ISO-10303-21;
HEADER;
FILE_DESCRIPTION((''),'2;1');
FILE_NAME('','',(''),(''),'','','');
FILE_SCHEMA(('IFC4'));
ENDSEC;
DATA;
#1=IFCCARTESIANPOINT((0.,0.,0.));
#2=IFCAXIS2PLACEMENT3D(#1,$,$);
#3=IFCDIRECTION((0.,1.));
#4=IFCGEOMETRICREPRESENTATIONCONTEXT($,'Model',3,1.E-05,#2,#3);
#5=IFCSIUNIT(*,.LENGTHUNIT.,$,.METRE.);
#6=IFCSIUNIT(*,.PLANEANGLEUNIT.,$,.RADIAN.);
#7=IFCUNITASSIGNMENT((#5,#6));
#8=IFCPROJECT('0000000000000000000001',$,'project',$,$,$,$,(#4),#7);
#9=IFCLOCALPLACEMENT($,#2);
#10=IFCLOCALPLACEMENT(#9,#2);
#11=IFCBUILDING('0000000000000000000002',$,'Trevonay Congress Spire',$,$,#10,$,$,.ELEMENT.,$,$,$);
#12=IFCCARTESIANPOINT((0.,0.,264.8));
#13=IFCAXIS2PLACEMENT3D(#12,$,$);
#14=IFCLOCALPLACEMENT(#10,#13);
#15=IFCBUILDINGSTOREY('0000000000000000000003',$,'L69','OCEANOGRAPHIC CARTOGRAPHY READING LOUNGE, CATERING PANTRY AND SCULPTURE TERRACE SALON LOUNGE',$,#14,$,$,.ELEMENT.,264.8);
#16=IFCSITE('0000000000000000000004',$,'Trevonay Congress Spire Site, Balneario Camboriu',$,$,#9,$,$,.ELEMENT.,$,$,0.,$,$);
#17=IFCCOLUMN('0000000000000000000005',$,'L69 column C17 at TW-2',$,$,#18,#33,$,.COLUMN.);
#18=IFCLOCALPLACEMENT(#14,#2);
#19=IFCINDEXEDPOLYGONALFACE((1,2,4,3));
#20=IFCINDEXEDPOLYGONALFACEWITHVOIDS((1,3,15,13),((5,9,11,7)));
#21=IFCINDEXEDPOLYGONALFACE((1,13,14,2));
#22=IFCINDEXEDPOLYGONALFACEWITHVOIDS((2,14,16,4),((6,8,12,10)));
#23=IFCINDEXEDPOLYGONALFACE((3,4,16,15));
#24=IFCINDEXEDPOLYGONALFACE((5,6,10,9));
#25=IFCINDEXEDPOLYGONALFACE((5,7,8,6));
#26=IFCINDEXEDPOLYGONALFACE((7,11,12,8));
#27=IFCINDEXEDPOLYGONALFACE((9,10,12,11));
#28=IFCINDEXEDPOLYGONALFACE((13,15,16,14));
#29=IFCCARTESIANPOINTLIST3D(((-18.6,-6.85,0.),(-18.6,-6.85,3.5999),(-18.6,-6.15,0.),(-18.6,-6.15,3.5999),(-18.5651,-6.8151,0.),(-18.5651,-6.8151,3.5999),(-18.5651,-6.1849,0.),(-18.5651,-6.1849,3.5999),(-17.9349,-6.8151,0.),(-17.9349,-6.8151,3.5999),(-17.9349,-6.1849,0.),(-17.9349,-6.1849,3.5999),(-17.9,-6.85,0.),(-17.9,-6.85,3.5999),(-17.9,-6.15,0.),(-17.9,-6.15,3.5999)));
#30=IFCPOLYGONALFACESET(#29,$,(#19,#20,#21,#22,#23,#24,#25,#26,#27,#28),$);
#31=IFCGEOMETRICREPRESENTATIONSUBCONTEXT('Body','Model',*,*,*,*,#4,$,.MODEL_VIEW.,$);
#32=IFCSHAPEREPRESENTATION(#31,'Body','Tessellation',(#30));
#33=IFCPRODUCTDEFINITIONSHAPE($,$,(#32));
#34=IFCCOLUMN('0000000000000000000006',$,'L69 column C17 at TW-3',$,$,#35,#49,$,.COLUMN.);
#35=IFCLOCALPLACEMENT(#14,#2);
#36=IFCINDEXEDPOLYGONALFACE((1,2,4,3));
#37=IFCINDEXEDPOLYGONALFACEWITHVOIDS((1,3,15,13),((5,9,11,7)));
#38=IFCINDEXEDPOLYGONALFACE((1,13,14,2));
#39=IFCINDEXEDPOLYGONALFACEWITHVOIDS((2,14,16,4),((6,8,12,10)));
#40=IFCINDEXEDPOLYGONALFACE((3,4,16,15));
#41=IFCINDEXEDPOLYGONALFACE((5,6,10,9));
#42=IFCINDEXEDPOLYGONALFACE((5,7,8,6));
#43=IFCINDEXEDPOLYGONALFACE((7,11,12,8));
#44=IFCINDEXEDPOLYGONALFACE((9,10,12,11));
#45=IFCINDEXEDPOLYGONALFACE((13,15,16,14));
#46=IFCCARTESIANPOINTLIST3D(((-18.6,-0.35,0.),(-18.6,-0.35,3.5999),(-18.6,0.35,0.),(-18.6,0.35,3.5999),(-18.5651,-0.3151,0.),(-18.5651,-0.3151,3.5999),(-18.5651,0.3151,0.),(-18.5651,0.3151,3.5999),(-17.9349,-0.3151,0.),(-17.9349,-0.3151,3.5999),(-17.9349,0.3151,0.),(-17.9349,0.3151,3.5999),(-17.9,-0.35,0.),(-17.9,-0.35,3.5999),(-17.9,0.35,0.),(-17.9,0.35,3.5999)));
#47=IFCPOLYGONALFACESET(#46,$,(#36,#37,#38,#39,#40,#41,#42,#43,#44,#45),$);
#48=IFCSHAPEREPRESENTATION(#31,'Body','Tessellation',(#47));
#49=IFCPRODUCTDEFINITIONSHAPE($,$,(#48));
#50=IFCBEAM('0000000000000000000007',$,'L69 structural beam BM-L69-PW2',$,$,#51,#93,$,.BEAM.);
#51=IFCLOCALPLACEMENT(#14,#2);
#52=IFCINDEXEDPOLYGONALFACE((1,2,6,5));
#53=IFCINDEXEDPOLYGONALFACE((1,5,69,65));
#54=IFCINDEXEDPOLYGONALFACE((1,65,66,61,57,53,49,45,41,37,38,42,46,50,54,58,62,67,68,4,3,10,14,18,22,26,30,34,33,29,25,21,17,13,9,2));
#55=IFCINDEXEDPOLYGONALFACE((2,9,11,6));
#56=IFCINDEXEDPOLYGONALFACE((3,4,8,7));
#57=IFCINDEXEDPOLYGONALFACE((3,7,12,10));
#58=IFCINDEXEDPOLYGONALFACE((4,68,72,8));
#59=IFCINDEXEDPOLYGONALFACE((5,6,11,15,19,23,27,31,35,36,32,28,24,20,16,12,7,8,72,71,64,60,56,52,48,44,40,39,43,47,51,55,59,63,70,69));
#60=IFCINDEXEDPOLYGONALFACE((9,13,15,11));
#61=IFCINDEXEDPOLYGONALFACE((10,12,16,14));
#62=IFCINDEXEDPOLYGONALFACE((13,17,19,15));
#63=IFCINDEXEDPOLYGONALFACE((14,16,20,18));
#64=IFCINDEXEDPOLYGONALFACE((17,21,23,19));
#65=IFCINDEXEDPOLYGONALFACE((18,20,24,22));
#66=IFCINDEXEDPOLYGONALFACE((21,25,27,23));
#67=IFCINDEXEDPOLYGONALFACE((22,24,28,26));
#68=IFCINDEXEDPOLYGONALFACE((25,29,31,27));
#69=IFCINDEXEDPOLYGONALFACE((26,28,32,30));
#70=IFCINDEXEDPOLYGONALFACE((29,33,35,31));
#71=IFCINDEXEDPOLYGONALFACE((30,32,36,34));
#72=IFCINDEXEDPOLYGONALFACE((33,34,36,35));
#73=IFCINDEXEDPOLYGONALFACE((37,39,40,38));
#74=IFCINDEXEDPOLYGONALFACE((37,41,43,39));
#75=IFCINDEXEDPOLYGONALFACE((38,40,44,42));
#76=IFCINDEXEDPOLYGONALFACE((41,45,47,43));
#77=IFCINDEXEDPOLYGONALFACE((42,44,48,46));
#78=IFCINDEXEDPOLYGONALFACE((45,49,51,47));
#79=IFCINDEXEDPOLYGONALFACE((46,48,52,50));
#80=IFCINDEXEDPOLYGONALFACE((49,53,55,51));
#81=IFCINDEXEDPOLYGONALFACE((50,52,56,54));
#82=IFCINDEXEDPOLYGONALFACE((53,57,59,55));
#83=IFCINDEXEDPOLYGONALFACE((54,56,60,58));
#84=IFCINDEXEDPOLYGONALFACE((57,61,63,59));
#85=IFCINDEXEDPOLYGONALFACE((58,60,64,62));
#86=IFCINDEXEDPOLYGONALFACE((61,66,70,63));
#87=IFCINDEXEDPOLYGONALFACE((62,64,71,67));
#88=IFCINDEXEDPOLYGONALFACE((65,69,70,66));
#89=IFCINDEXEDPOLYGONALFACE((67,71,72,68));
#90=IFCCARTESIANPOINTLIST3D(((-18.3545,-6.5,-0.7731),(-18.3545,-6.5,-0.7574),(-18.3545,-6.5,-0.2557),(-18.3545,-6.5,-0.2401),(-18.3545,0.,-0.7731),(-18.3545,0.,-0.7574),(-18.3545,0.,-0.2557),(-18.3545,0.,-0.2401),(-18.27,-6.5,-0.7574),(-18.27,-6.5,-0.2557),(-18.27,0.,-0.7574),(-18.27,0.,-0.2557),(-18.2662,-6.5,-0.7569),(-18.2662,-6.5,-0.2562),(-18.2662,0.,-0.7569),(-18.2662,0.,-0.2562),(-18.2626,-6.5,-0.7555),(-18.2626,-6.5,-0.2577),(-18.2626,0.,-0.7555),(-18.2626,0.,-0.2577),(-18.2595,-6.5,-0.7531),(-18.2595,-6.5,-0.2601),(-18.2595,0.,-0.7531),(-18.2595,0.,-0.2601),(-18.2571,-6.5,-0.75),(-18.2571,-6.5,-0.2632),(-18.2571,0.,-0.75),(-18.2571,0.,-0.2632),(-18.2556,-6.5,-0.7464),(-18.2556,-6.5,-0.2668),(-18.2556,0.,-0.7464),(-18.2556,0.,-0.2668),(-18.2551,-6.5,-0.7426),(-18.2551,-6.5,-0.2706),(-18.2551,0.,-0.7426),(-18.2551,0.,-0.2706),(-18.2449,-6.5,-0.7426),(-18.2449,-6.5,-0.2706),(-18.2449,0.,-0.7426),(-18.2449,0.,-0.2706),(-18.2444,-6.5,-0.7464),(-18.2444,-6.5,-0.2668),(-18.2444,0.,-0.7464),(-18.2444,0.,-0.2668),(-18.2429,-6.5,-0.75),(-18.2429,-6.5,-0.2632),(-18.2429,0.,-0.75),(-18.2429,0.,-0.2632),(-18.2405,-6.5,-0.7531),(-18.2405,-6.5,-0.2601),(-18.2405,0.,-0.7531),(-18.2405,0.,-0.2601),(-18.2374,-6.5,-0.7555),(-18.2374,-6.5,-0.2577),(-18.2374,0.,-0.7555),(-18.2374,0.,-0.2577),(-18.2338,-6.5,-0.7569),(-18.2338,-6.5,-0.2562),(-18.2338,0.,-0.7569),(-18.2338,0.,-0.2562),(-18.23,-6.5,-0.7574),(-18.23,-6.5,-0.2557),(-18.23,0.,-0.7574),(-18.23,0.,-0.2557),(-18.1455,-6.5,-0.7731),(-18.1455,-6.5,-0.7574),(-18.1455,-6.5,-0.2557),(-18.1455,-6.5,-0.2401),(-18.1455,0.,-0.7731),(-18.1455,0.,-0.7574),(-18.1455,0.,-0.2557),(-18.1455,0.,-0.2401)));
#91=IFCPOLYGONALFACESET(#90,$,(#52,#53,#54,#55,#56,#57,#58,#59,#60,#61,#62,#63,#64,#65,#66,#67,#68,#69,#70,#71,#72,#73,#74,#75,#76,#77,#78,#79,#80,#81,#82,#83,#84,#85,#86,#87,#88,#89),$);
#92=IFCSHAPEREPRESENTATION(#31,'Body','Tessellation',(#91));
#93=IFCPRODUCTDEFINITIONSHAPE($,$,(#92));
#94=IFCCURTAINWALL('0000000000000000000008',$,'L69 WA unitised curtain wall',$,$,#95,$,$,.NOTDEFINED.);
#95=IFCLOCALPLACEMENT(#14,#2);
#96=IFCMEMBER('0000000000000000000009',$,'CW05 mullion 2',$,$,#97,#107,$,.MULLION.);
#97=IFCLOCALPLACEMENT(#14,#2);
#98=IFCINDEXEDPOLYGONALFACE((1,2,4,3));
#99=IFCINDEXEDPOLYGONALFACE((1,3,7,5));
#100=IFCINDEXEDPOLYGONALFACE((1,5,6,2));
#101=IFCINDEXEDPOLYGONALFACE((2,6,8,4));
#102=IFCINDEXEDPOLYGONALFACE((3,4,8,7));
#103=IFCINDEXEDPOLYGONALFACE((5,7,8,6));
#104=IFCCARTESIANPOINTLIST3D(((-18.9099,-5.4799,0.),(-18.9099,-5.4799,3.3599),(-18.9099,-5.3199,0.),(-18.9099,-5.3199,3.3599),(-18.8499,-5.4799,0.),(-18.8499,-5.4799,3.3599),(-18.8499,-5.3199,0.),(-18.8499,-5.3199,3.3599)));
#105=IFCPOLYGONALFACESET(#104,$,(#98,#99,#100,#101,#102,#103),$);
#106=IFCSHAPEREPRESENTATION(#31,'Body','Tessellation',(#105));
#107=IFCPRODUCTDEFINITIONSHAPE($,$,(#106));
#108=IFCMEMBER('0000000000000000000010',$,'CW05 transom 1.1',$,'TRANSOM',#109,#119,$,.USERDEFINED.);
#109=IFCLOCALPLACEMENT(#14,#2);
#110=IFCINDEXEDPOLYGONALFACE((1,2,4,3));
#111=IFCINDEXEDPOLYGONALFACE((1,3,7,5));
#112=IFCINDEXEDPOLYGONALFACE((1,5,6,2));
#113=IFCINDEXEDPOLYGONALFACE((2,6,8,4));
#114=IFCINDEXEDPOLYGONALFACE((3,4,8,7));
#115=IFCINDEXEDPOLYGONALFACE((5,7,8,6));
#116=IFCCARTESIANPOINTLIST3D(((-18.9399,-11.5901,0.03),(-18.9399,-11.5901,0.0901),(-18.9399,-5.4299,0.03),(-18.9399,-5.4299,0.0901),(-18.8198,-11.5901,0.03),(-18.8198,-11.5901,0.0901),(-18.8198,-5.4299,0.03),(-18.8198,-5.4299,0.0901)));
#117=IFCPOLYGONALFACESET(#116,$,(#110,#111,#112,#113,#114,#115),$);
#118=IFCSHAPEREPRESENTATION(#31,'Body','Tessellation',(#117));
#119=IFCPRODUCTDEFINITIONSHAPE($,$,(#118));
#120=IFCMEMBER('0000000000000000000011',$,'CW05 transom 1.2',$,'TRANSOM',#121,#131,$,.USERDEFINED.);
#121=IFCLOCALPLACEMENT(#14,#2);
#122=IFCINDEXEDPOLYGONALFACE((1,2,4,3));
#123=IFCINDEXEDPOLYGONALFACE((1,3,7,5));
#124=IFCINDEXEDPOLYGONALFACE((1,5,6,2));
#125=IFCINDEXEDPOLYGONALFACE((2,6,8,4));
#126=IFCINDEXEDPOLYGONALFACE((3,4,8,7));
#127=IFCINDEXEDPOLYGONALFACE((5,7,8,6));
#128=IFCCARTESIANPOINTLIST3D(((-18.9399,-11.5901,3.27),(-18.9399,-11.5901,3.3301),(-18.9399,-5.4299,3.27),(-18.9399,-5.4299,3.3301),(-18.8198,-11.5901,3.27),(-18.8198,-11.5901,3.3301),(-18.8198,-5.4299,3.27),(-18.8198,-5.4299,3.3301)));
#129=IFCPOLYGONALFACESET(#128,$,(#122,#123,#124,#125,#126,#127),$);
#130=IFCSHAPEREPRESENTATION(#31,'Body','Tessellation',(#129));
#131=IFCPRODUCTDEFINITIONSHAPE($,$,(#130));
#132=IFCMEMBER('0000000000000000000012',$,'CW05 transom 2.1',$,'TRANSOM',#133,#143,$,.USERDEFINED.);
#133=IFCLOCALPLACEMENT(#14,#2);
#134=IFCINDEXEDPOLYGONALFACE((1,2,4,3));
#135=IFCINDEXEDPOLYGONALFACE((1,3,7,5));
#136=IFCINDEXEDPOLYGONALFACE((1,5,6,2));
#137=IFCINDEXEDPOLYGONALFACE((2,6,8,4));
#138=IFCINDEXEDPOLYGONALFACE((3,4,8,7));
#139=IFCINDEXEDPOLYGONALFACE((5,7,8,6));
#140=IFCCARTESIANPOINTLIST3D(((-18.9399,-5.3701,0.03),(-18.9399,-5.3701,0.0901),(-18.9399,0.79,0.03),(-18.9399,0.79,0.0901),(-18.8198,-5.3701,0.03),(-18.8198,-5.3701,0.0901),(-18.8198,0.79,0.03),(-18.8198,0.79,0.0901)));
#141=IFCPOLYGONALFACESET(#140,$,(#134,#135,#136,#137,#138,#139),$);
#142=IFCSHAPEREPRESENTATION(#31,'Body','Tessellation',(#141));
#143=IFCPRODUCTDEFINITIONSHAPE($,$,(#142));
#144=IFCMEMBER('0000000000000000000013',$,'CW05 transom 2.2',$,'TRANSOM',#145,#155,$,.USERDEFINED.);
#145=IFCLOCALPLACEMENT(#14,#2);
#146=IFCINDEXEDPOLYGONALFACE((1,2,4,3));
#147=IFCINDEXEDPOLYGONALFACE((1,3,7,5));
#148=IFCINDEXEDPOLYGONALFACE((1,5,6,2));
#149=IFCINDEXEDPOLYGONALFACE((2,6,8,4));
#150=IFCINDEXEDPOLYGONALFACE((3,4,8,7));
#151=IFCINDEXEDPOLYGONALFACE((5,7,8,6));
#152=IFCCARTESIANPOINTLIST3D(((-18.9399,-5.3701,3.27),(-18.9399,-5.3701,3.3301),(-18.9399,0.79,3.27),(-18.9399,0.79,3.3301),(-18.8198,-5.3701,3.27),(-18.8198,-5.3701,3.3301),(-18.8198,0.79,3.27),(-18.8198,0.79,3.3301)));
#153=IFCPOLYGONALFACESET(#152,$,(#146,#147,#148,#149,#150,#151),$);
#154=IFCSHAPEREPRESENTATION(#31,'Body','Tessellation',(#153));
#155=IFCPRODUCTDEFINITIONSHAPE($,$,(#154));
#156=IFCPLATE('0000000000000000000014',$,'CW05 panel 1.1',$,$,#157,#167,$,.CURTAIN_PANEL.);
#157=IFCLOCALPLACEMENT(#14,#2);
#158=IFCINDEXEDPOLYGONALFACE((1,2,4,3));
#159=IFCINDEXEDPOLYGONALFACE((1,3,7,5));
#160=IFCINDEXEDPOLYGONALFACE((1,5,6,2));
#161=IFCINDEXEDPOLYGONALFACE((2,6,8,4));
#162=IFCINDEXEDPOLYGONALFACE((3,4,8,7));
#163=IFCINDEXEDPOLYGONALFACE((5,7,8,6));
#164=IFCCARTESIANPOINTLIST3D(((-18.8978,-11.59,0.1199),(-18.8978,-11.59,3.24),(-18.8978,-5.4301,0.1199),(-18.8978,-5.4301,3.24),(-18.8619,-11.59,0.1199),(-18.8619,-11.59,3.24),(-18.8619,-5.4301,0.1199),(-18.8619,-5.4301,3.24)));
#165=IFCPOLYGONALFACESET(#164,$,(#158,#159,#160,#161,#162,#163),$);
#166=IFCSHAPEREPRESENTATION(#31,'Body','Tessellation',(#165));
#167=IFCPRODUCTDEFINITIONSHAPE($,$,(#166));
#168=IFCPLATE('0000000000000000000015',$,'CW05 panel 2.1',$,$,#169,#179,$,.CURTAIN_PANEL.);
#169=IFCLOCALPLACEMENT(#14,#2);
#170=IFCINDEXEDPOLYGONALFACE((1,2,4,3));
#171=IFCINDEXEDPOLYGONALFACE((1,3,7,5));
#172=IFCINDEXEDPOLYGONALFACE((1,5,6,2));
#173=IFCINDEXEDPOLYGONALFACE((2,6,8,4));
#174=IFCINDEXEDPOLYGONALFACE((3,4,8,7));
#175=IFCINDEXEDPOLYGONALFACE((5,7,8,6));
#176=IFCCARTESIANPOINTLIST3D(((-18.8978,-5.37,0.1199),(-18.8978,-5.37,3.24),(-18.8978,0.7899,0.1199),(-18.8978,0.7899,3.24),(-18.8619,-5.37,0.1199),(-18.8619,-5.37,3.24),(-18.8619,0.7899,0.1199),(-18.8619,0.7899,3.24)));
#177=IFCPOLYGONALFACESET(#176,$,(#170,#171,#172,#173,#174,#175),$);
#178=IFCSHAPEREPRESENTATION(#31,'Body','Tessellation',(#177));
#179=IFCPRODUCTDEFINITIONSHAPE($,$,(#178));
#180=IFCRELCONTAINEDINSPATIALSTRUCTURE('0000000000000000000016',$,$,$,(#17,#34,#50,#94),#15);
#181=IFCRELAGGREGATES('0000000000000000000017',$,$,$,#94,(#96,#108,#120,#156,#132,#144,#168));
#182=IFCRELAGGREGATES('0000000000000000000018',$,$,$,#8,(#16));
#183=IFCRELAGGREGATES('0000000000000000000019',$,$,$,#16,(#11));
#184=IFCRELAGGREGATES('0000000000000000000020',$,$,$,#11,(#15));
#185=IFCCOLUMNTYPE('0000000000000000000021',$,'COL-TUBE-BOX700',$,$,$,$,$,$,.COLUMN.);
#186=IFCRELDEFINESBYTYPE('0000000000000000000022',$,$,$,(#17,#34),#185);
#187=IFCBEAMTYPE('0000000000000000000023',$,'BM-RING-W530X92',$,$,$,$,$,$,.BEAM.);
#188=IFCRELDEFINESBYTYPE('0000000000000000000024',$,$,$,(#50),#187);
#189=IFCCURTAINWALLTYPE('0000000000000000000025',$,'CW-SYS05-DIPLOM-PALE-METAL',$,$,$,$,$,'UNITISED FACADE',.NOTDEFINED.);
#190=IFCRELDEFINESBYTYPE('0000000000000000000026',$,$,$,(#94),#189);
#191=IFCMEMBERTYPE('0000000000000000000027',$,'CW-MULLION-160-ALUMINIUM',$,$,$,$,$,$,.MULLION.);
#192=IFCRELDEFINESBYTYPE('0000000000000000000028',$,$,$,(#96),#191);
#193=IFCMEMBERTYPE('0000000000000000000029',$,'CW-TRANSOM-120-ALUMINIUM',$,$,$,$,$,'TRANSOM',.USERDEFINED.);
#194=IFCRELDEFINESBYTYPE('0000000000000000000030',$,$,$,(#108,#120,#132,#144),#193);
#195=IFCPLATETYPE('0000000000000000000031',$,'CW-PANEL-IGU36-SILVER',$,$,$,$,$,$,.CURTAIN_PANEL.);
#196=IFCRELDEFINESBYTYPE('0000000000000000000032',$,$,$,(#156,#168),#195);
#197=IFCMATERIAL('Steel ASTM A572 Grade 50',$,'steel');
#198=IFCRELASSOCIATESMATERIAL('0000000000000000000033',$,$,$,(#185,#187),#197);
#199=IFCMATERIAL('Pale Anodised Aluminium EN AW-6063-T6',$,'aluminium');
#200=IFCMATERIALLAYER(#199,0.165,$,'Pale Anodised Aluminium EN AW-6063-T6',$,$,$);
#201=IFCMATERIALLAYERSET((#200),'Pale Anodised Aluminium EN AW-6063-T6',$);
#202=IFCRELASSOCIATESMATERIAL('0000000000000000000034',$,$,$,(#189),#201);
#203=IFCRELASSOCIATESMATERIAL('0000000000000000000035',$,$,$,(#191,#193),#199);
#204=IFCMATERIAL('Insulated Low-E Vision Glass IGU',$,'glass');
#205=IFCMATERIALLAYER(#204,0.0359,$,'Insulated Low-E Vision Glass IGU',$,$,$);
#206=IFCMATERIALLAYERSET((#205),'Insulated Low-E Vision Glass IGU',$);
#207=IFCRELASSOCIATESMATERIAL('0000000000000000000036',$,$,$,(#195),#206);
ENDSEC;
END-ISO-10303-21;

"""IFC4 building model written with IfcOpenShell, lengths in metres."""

from ifc_helpers import new_model, si_unit, direction, frame, origin, origin_2d, place, context, subcontext, project, spatial, rectangle, hollow_rectangle, i_section, extrude, material, layer, layer_set, material_profile, profile_set, type_object, element, aggregate, save


model = new_model("IFC4")

# Units and contexts
model_context = context("Model", 3, precision=1e-05, world=origin(), true_north=direction((0.0, 1.0)))
body_context = subcontext(model_context, "Body", "Model", "MODEL_VIEW")
ifc_project = project(units=[si_unit("LENGTHUNIT", "METRE"), si_unit("PLANEANGLEUNIT", "RADIAN")], contexts=[model_context])

# Site, building, storey
site_placement = place(None, origin())
site = spatial("IfcSite", under=ifc_project, at=site_placement, Name="Trevonay Congress Spire Site, Balneario Camboriu", CompositionType="ELEMENT", RefElevation=0.0)
building_placement = place(site_placement, origin())
building = spatial("IfcBuilding", under=site, at=building_placement, Name="Trevonay Congress Spire", CompositionType="ELEMENT")
storey_placement = place(building_placement, frame((0.0, 0.0, 264.8)))
storey = spatial("IfcBuildingStorey", under=building, at=storey_placement, Name="L69", Description="OCEANOGRAPHIC CARTOGRAPHY READING LOUNGE, CATERING PANTRY AND SCULPTURE TERRACE SALON LOUNGE", CompositionType="ELEMENT", Elevation=264.8)

# Columns
ifc_material_1 = material(Name="Steel ASTM A572 Grade 50", Category="steel")
ifc_material_profile_1 = material_profile(ifc_material_1, hollow_rectangle(XDim=0.7, YDim=0.7, WallThickness=0.0349, at=origin_2d()), Name="BOX 700x700x35")
ifc_profile_set_1 = profile_set([ifc_material_profile_1], Name="Steel ASTM A572 Grade 50")
column_type = type_object("IfcColumnType", Name="COL-TUBE-BOX700", PredefinedType="COLUMN", material=ifc_profile_set_1)
for number, where, z_axis, x_axis, name in (
    (1, (-18.25, -6.5, 0.0), (0.0, 0.0, 1.0), (1.0, 0.0, 0.0), "L69 column C17 at TW-2"),
    (2, (-18.25, 0.0, 0.0), (0.0, 0.0, 1.0), (1.0, 0.0, 0.0), "L69 column C17 at TW-3"),
):
    element("IfcColumn", number, at=place(storey_placement, frame(where, z_axis=z_axis, x_axis=x_axis)), inside=storey, type_object=column_type, Name=name, PredefinedType="COLUMN", context=body_context, shape_type="SweptSolid", body=[
        extrude(hollow_rectangle(XDim=0.7, YDim=0.7, WallThickness=0.0349, at=origin_2d()), origin(), (0.0, 0.0, 1.0), 3.5999),
    ])

# Beam
ifc_material_profile_2 = material_profile(ifc_material_1, i_section(OverallWidth=0.209, OverallDepth=0.533, WebThickness=0.0103, FlangeThickness=0.0156, FilletRadius=0.0149, at=origin_2d()), Name="W530x92")
ifc_profile_set_2 = profile_set([ifc_material_profile_2], Name="Steel ASTM A572 Grade 50")
beam_type = type_object("IfcBeamType", Name="BM-RING-W530X92", PredefinedType="BEAM", material=ifc_profile_set_2)
beam_placement = place(storey_placement, frame((-18.25, -6.5, -0.5066), z_axis=(0.0, 1.0, 0.0), x_axis=(-1.0, 0.0, 0.0)))
element("IfcBeam", 3, at=beam_placement, inside=storey, type_object=beam_type, Name="L69 structural beam BM-L69-PW2", PredefinedType="BEAM", context=body_context, shape_type="SweptSolid", body=[
    extrude(i_section(OverallWidth=0.209, OverallDepth=0.533, WebThickness=0.0103, FlangeThickness=0.0156, FilletRadius=0.0149, at=origin_2d()), origin(), (0.0, 0.0, 1.0), 6.5),
])

# Curtain wall, members, plates
ifc_material_2 = material(Name="Pale Anodised Aluminium EN AW-6063-T6", Category="aluminium")
ifc_layer_1 = layer(ifc_material_2, 0.165, Name="Pale Anodised Aluminium EN AW-6063-T6")
ifc_layer_set_1 = layer_set([ifc_layer_1], Name="Pale Anodised Aluminium EN AW-6063-T6")
curtain_wall_type = type_object("IfcCurtainWallType", Name="CW-SYS05-DIPLOM-PALE-METAL", ElementType="UNITISED FACADE", PredefinedType="NOTDEFINED", material=ifc_layer_set_1)
curtain_wall_placement = place(storey_placement, origin())
curtain_wall = element("IfcCurtainWall", 4, at=curtain_wall_placement, inside=storey, type_object=curtain_wall_type, Name="L69 WA unitised curtain wall", PredefinedType="NOTDEFINED")
ifc_material_profile_3 = material_profile(ifc_material_2, rectangle(XDim=0.0601, YDim=0.1599, at=origin_2d()), Name="CW-MULLION-160-ALUMINIUM")
ifc_profile_set_3 = profile_set([ifc_material_profile_3], Name="Pale Anodised Aluminium EN AW-6063-T6")
member_type_1 = type_object("IfcMemberType", Name="CW-MULLION-160-ALUMINIUM", PredefinedType="MULLION", material=ifc_profile_set_3)
member_1_placement = place(storey_placement, frame((-18.8799, -5.3999, 0.0), z_axis=(0.0, 0.0, 1.0), x_axis=(-1.0, 0.0, 0.0)))
member_1 = element("IfcMember", 5, at=member_1_placement, type_object=member_type_1, Name="CW05 mullion 2", PredefinedType="MULLION", context=body_context, shape_type="SweptSolid", body=[
    extrude(rectangle(XDim=0.0601, YDim=0.1599, at=origin_2d()), origin(), (0.0, 0.0, 1.0), 3.3599),
])
ifc_material_profile_4 = material_profile(ifc_material_2, rectangle(XDim=0.1201, YDim=0.0601, at=origin_2d()), Name="CW-TRANSOM-120-ALUMINIUM")
ifc_profile_set_4 = profile_set([ifc_material_profile_4], Name="Pale Anodised Aluminium EN AW-6063-T6")
member_type_2 = type_object("IfcMemberType", Name="CW-TRANSOM-120-ALUMINIUM", ElementType="TRANSOM", PredefinedType="USERDEFINED", material=ifc_profile_set_4)
member_2_placement = place(storey_placement, frame((-18.8799, -11.5901, 0.0601), z_axis=(0.0, 1.0, 0.0), x_axis=(-1.0, 0.0, 0.0)))
member_2 = element("IfcMember", 6, at=member_2_placement, type_object=member_type_2, Name="CW05 transom 1.1", ObjectType="TRANSOM", PredefinedType="USERDEFINED", context=body_context, shape_type="SweptSolid", body=[
    extrude(rectangle(XDim=0.1201, YDim=0.0601, at=origin_2d()), origin(), (0.0, 0.0, 1.0), 6.1602),
])
member_3_placement = place(storey_placement, frame((-18.8799, -11.5901, 3.3), z_axis=(0.0, 1.0, 0.0), x_axis=(-1.0, 0.0, 0.0)))
member_3 = element("IfcMember", 7, at=member_3_placement, type_object=member_type_2, Name="CW05 transom 1.2", ObjectType="TRANSOM", PredefinedType="USERDEFINED", context=body_context, shape_type="SweptSolid", body=[
    extrude(rectangle(XDim=0.1201, YDim=0.0601, at=origin_2d()), origin(), (0.0, 0.0, 1.0), 6.1602),
])
member_4_placement = place(storey_placement, frame((-18.8799, -5.3701, 0.0601), z_axis=(0.0, 1.0, 0.0), x_axis=(-1.0, 0.0, 0.0)))
member_4 = element("IfcMember", 8, at=member_4_placement, type_object=member_type_2, Name="CW05 transom 2.1", ObjectType="TRANSOM", PredefinedType="USERDEFINED", context=body_context, shape_type="SweptSolid", body=[
    extrude(rectangle(XDim=0.1201, YDim=0.0601, at=origin_2d()), origin(), (0.0, 0.0, 1.0), 6.1602),
])
member_5_placement = place(storey_placement, frame((-18.8799, -5.3701, 3.3), z_axis=(0.0, 1.0, 0.0), x_axis=(-1.0, 0.0, 0.0)))
member_5 = element("IfcMember", 9, at=member_5_placement, type_object=member_type_2, Name="CW05 transom 2.2", ObjectType="TRANSOM", PredefinedType="USERDEFINED", context=body_context, shape_type="SweptSolid", body=[
    extrude(rectangle(XDim=0.1201, YDim=0.0601, at=origin_2d()), origin(), (0.0, 0.0, 1.0), 6.1602),
])
ifc_material_3 = material(Name="Insulated Low-E Vision Glass IGU", Category="glass")
ifc_layer_2 = layer(ifc_material_3, 0.0359, Name="Insulated Low-E Vision Glass IGU")
ifc_layer_set_2 = layer_set([ifc_layer_2], Name="Insulated Low-E Vision Glass IGU")
plate_type = type_object("IfcPlateType", Name="CW-PANEL-IGU36-SILVER", PredefinedType="CURTAIN_PANEL", material=ifc_layer_set_2)
plate_1_placement = place(storey_placement, frame((-18.8799, -8.51, 0.1199), z_axis=(0.0, 0.0, 1.0), x_axis=(0.0, 1.0, 0.0)))
plate_1 = element("IfcPlate", 10, at=plate_1_placement, type_object=plate_type, Name="CW05 panel 1.1", PredefinedType="CURTAIN_PANEL", context=body_context, shape_type="SweptSolid", body=[
    extrude(rectangle(XDim=6.1599, YDim=0.0359, at=origin_2d()), origin(), (0.0, 0.0, 1.0), 3.1201),
])
plate_2_placement = place(storey_placement, frame((-18.8799, -2.29, 0.1199), z_axis=(0.0, 0.0, 1.0), x_axis=(0.0, 1.0, 0.0)))
plate_2 = element("IfcPlate", 11, at=plate_2_placement, type_object=plate_type, Name="CW05 panel 2.1", PredefinedType="CURTAIN_PANEL", context=body_context, shape_type="SweptSolid", body=[
    extrude(rectangle(XDim=6.1599, YDim=0.0359, at=origin_2d()), origin(), (0.0, 0.0, 1.0), 3.1201),
])
aggregate(curtain_wall, [member_1, member_2, member_3, plate_1, member_4, member_5, plate_2])

save(model, "model.ifc")
